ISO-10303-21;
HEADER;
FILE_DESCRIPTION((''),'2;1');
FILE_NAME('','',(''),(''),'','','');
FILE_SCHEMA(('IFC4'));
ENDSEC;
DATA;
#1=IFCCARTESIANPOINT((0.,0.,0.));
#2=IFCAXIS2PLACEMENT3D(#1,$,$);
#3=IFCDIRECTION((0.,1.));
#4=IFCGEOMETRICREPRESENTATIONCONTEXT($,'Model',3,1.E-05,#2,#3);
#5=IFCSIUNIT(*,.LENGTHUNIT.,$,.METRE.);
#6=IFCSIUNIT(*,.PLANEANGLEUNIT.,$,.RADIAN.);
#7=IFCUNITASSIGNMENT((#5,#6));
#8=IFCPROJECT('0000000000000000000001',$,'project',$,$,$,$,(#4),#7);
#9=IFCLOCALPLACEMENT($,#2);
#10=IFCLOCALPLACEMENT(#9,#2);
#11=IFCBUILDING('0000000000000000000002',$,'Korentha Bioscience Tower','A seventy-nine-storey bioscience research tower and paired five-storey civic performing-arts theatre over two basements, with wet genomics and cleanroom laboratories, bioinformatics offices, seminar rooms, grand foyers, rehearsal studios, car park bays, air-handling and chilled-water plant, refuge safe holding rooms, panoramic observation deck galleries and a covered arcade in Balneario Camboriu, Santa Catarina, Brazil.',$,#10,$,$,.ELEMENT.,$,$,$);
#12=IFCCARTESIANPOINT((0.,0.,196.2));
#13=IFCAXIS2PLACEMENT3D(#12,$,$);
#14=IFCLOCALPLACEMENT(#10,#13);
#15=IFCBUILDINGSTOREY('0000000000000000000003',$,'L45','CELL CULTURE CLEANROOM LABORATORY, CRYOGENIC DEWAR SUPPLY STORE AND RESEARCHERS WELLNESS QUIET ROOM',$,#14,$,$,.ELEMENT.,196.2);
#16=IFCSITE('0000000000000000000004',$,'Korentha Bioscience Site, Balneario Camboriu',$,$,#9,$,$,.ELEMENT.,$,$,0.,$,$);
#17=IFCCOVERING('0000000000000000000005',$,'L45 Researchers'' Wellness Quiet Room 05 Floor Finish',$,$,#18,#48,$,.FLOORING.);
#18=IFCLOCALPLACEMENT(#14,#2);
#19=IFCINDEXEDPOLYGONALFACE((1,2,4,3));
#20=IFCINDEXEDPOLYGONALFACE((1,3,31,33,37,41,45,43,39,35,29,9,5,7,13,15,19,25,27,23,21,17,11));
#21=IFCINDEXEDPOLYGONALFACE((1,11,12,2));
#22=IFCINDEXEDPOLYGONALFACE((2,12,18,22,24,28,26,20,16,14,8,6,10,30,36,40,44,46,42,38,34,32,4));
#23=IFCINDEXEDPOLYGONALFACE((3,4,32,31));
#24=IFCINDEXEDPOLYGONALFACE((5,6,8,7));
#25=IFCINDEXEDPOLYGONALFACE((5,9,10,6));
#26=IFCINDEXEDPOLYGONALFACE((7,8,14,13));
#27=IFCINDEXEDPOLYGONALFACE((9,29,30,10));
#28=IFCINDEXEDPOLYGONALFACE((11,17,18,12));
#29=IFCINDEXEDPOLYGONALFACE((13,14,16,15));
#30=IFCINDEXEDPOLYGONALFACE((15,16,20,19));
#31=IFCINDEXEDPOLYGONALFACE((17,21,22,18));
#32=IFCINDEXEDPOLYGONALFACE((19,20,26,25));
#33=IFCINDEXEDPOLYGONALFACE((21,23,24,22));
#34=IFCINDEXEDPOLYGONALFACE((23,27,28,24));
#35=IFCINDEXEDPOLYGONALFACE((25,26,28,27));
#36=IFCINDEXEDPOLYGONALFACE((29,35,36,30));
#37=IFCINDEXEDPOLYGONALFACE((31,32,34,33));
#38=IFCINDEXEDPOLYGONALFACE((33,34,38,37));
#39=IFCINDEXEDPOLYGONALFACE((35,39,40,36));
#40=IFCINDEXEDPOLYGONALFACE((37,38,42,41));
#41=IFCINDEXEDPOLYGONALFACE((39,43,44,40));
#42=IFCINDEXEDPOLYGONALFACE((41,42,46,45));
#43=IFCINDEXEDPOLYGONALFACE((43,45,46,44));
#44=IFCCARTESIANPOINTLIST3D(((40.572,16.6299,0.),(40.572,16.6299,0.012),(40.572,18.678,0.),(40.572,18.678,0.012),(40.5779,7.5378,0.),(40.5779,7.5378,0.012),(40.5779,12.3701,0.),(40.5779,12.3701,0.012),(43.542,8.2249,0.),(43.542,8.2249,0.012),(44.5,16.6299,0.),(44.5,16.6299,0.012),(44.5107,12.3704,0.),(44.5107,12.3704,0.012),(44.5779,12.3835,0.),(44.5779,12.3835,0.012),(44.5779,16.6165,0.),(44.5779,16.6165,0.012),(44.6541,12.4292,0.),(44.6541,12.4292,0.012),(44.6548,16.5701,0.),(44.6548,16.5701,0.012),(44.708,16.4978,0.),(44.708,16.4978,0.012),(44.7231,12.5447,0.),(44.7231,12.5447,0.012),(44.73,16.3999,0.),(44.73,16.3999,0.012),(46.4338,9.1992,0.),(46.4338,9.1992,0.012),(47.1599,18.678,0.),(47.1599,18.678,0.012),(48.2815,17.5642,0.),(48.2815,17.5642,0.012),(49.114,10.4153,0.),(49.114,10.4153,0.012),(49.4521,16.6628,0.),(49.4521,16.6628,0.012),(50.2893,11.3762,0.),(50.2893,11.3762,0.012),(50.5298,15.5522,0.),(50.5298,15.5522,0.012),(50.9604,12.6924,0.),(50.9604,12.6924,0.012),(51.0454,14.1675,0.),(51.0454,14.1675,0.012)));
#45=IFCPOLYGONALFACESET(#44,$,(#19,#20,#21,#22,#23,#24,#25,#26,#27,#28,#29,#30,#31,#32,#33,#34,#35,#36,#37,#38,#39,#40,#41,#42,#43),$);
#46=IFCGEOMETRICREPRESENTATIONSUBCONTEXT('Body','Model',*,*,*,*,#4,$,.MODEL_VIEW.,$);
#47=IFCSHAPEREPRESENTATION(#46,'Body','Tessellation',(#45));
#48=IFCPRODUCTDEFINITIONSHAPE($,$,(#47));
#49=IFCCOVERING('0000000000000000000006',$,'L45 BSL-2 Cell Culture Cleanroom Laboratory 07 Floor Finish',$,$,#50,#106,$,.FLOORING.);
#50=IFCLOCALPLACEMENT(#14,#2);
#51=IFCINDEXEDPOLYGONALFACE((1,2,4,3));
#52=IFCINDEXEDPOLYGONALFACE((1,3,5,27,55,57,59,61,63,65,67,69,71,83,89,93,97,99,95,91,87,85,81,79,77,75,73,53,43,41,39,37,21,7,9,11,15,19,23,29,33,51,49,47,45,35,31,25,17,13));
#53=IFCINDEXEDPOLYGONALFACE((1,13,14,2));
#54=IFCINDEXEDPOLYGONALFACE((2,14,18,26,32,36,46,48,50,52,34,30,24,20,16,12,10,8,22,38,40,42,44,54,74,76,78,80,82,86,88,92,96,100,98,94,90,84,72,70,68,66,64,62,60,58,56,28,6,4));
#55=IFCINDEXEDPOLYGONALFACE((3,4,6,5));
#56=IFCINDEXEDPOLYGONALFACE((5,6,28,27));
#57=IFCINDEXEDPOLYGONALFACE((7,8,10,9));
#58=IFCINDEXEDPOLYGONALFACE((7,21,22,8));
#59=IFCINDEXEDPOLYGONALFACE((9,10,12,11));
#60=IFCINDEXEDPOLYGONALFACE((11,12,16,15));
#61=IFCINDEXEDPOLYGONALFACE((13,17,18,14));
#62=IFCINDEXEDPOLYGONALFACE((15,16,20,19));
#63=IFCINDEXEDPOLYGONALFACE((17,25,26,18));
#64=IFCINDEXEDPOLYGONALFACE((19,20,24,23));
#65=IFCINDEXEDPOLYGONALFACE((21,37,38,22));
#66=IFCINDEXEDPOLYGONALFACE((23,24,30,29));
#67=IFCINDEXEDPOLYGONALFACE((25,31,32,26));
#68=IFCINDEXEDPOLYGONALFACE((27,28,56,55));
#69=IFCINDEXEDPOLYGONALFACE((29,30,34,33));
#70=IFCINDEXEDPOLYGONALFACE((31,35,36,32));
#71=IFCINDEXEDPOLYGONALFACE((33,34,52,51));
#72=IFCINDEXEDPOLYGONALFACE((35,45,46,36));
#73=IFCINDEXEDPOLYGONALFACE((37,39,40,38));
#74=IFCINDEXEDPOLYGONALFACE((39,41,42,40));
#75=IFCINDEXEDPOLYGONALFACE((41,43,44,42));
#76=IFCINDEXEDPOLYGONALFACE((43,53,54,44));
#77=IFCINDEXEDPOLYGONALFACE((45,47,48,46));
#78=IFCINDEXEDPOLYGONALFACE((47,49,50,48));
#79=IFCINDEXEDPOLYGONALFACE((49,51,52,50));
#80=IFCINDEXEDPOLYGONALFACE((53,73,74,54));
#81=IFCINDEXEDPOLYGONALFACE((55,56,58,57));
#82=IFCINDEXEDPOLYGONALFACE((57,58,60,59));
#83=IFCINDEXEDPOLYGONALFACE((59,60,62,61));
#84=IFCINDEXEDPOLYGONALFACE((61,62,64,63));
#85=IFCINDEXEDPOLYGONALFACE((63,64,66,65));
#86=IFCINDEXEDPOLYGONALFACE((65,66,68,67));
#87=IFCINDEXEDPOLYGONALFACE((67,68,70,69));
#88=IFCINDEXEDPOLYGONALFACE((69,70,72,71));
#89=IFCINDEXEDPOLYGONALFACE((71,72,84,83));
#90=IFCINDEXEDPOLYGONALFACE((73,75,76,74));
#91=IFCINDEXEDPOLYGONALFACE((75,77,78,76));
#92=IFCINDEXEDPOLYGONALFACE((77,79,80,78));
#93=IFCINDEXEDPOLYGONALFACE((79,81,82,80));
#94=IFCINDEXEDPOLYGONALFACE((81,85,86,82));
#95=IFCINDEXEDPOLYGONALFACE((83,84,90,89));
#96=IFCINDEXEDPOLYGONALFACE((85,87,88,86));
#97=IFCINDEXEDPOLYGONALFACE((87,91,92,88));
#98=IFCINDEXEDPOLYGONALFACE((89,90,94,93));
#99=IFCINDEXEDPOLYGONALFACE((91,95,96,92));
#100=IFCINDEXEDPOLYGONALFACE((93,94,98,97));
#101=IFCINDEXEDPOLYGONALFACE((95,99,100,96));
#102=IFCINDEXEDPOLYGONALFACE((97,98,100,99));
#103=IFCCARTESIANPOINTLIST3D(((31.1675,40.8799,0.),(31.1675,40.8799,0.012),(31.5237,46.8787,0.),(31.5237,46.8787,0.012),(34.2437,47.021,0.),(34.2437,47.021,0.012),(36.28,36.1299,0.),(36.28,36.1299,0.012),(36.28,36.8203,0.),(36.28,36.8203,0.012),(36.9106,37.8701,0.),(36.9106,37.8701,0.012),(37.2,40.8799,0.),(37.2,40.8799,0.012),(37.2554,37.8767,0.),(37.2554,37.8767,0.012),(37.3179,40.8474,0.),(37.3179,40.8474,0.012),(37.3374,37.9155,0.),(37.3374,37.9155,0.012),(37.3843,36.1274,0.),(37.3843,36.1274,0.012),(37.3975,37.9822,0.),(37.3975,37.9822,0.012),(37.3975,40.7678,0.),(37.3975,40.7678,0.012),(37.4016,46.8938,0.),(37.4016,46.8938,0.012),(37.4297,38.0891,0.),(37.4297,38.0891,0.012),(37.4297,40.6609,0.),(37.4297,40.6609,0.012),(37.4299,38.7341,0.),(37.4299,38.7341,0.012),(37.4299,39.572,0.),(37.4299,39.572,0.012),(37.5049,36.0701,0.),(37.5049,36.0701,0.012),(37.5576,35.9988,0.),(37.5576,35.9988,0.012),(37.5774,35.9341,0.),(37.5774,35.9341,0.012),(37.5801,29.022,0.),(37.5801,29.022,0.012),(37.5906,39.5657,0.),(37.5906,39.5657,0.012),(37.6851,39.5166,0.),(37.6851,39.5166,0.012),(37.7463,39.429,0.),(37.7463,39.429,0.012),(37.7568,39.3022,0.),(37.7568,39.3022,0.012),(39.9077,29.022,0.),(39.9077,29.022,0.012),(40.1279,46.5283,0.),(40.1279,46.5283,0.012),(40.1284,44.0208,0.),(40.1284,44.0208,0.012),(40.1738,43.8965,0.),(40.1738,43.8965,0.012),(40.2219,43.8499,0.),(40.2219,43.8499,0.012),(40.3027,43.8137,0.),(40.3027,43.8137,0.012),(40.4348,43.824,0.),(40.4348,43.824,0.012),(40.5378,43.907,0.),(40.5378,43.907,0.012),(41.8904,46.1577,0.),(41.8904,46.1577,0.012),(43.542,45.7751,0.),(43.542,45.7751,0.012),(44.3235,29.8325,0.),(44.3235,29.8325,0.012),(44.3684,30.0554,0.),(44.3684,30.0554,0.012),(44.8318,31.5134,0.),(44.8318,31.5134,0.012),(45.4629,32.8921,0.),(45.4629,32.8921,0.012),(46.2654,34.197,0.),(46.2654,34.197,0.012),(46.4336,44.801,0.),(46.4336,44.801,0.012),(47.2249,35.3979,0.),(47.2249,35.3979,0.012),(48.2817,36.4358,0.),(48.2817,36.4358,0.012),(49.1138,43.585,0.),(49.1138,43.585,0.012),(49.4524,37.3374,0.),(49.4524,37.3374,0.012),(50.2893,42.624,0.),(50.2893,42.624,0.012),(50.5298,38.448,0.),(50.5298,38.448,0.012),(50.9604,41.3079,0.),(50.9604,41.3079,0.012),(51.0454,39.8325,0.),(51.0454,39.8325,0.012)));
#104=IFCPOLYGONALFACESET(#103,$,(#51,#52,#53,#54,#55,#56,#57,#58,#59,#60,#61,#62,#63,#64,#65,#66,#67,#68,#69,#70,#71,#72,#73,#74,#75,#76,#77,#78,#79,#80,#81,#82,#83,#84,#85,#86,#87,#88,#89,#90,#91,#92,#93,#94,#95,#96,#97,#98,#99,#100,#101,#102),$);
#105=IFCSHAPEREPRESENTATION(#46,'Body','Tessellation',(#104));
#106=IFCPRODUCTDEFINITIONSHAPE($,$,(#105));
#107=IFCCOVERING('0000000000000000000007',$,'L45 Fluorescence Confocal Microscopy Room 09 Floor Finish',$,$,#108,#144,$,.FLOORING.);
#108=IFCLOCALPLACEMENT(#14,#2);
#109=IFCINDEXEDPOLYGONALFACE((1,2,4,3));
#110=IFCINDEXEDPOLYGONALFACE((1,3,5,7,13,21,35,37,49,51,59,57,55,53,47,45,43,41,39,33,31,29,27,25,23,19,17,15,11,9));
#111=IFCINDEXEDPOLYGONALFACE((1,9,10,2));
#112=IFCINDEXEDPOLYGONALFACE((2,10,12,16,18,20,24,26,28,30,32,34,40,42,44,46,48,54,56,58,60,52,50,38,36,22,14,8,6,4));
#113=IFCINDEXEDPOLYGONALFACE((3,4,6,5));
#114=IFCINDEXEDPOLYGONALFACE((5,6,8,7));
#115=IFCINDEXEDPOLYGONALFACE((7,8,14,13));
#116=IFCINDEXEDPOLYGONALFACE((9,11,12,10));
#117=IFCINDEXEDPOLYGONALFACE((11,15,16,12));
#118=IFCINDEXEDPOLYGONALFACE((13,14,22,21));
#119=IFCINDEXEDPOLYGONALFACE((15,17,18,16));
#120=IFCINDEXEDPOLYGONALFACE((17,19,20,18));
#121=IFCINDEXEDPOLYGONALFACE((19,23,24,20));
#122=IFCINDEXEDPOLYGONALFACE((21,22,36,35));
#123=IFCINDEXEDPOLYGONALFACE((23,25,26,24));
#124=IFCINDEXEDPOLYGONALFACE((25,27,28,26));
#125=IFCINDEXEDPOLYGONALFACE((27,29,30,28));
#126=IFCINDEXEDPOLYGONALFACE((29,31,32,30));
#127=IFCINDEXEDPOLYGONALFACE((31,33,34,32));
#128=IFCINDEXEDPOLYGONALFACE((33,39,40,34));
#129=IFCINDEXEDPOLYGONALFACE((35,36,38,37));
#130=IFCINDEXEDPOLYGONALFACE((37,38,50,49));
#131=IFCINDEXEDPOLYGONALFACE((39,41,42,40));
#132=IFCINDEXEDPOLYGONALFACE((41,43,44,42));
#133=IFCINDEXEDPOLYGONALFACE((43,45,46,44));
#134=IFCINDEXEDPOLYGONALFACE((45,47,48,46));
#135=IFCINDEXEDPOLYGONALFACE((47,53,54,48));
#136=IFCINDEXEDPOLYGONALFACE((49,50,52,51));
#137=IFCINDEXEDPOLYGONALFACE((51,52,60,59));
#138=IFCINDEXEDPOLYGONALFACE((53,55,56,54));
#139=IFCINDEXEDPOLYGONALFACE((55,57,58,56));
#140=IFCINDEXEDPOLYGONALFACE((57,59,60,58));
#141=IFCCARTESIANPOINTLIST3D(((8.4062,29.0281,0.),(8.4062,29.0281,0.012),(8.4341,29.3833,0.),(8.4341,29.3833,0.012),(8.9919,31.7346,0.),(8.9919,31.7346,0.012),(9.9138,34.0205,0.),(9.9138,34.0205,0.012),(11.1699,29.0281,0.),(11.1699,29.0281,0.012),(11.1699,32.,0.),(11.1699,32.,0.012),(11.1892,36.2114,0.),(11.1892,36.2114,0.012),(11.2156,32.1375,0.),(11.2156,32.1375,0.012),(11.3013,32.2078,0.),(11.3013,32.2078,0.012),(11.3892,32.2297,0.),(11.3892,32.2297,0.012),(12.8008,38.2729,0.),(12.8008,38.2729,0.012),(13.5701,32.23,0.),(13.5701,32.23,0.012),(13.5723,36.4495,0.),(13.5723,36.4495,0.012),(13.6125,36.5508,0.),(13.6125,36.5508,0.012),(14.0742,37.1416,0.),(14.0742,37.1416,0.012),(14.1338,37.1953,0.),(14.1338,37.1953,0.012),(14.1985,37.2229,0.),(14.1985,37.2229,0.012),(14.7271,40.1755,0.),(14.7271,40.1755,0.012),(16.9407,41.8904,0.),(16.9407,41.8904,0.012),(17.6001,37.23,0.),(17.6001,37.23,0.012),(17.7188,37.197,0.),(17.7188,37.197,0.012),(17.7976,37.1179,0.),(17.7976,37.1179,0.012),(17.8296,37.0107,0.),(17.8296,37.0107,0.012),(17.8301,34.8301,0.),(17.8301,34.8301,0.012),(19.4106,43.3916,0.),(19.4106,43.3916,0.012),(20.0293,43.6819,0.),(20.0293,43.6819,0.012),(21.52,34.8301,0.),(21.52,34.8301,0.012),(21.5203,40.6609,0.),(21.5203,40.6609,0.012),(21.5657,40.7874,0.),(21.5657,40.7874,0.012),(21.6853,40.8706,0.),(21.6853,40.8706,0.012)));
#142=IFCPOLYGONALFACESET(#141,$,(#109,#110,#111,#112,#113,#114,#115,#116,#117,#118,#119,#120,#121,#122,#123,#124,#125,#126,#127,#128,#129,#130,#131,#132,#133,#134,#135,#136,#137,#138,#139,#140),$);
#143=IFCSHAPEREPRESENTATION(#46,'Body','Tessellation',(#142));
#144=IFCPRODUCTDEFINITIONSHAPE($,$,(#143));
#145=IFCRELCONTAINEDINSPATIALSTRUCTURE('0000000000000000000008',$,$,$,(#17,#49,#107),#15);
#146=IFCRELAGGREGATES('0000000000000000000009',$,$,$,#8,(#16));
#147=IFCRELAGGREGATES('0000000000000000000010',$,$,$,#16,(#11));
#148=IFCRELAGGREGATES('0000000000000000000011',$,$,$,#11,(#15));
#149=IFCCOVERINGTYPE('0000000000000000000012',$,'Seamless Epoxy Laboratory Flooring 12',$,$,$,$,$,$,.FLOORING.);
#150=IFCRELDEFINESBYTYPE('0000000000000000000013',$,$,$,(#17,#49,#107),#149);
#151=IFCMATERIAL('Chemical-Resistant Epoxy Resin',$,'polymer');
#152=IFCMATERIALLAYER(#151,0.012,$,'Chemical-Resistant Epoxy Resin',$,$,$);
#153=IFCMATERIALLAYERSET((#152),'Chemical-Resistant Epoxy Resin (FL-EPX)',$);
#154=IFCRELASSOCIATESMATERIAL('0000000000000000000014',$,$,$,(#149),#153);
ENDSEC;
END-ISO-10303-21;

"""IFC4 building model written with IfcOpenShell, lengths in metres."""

from ifc_helpers import new_model, si_unit, direction, frame, origin, place, context, subcontext, project, spatial, polyline, outline, extrude, material, layer, layer_set, type_object, element, save


model = new_model("IFC4")

# Units and contexts
model_context = context("Model", 3, precision=1e-05, world=origin(), true_north=direction((0.0, 1.0)))
body_context = subcontext(model_context, "Body", "Model", "MODEL_VIEW")
ifc_project = project(units=[si_unit("LENGTHUNIT", "METRE"), si_unit("PLANEANGLEUNIT", "RADIAN")], contexts=[model_context])

# Site, building, storey
site_placement = place(None, origin())
site = spatial("IfcSite", under=ifc_project, at=site_placement, Name="Korentha Bioscience Site, Balneario Camboriu", CompositionType="ELEMENT", RefElevation=0.0)
building_placement = place(site_placement, origin())
building = spatial("IfcBuilding", under=site, at=building_placement, Name="Korentha Bioscience Tower", Description="A seventy-nine-storey bioscience research tower and paired five-storey civic performing-arts theatre over two basements, with wet genomics and cleanroom laboratories, bioinformatics offices, seminar rooms, grand foyers, rehearsal studios, car park bays, air-handling and chilled-water plant, refuge safe holding rooms, panoramic observation deck galleries and a covered arcade in Balneario Camboriu, Santa Catarina, Brazil.", CompositionType="ELEMENT")
storey_placement = place(building_placement, frame((0.0, 0.0, 196.2)))
storey = spatial("IfcBuildingStorey", under=building, at=storey_placement, Name="L45", Description="CELL CULTURE CLEANROOM LABORATORY, CRYOGENIC DEWAR SUPPLY STORE AND RESEARCHERS WELLNESS QUIET ROOM", CompositionType="ELEMENT", Elevation=196.2)

# Coverings
ifc_material_1 = material(Name="Chemical-Resistant Epoxy Resin", Category="polymer")
ifc_layer_1 = layer(ifc_material_1, 0.012, Name="Chemical-Resistant Epoxy Resin")
ifc_layer_set_1 = layer_set([ifc_layer_1], Name="Chemical-Resistant Epoxy Resin (FL-EPX)")
covering_type_1 = type_object("IfcCoveringType", Name="Seamless Epoxy Laboratory Flooring 12", PredefinedType="FLOORING", material=ifc_layer_set_1)
covering_1_placement = place(storey_placement, origin())
element("IfcCovering", 1, at=covering_1_placement, inside=storey, type_object=covering_type_1, Name="L45 Researchers' Wellness Quiet Room 05 Floor Finish", PredefinedType="FLOORING", context=body_context, shape_type="SweptSolid", body=[
    extrude(outline(polyline([(40.572, 18.678), (47.1599, 18.678), (48.2815, 17.5642), (49.4521, 16.6628), (50.5298, 15.5522), (51.0454, 14.1675), (50.9604, 12.6924), (50.2893, 11.3762), (49.114, 10.4153), (46.4338, 9.1992), (43.542, 8.2249), (40.5779, 7.5378), (40.5779, 12.3701), (44.5107, 12.3704), (44.5779, 12.3835), (44.6541, 12.4292), (44.7231, 12.5447), (44.73, 16.3999), (44.708, 16.4978), (44.6548, 16.5701), (44.5779, 16.6165), (44.5, 16.6299), (40.572, 16.6299), (40.572, 18.678)])), origin(), (0.0, 0.0, 1.0), 0.012),
])
covering_2_placement = place(storey_placement, origin())
element("IfcCovering", 2, at=covering_2_placement, inside=storey, type_object=covering_type_1, Name="L45 BSL-2 Cell Culture Cleanroom Laboratory 07 Floor Finish", PredefinedType="FLOORING", context=body_context, shape_type="SweptSolid", body=[
    extrude(outline(polyline([(34.2437, 47.021), (37.4016, 46.8938), (40.1279, 46.5283), (40.1284, 44.0208), (40.1738, 43.8965), (40.2219, 43.8499), (40.3027, 43.8137), (40.4348, 43.824), (40.5378, 43.907), (41.8904, 46.1577), (43.542, 45.7751), (46.4336, 44.801), (49.1138, 43.585), (50.2893, 42.624), (50.9604, 41.3079), (51.0454, 39.8325), (50.5298, 38.448), (49.4524, 37.3374), (48.2817, 36.4358), (47.2249, 35.3979), (46.2654, 34.197), (45.4629, 32.8921), (44.8318, 31.5134), (44.3684, 30.0554), (44.3235, 29.8325), (39.9077, 29.022), (37.5801, 29.022), (37.5774, 35.9341), (37.5576, 35.9988), (37.5049, 36.0701), (37.3843, 36.1274), (36.28, 36.1299), (36.28, 36.8203), (36.9106, 37.8701), (37.2554, 37.8767), (37.3374, 37.9155), (37.3975, 37.9822), (37.4297, 38.0891), (37.4299, 38.7341), (37.7568, 39.3022), (37.7463, 39.429), (37.6851, 39.5166), (37.5906, 39.5657), (37.4299, 39.572), (37.4297, 40.6609), (37.3975, 40.7678), (37.3179, 40.8474), (37.2, 40.8799), (31.1675, 40.8799), (31.5237, 46.8787), (34.2437, 47.021)])), origin(), (0.0, 0.0, 1.0), 0.012),
])
covering_3_placement = place(storey_placement, origin())
element("IfcCovering", 3, at=covering_3_placement, inside=storey, type_object=covering_type_1, Name="L45 Fluorescence Confocal Microscopy Room 09 Floor Finish", PredefinedType="FLOORING", context=body_context, shape_type="SweptSolid", body=[
    extrude(outline(polyline([(8.9919, 31.7346), (9.9138, 34.0205), (11.1892, 36.2114), (12.8008, 38.2729), (14.7271, 40.1755), (16.9407, 41.8904), (19.4106, 43.3916), (20.0293, 43.6819), (21.6853, 40.8706), (21.5657, 40.7874), (21.5203, 40.6609), (21.52, 34.8301), (17.8301, 34.8301), (17.8296, 37.0107), (17.7976, 37.1179), (17.7188, 37.197), (17.6001, 37.23), (14.1985, 37.2229), (14.1338, 37.1953), (14.0742, 37.1416), (13.6125, 36.5508), (13.5723, 36.4495), (13.5701, 32.23), (11.3892, 32.2297), (11.3013, 32.2078), (11.2156, 32.1375), (11.1699, 32.0), (11.1699, 29.0281), (8.4062, 29.0281), (8.4341, 29.3833), (8.9919, 31.7346)])), origin(), (0.0, 0.0, 1.0), 0.012),
])

save(model, "model.ifc")
